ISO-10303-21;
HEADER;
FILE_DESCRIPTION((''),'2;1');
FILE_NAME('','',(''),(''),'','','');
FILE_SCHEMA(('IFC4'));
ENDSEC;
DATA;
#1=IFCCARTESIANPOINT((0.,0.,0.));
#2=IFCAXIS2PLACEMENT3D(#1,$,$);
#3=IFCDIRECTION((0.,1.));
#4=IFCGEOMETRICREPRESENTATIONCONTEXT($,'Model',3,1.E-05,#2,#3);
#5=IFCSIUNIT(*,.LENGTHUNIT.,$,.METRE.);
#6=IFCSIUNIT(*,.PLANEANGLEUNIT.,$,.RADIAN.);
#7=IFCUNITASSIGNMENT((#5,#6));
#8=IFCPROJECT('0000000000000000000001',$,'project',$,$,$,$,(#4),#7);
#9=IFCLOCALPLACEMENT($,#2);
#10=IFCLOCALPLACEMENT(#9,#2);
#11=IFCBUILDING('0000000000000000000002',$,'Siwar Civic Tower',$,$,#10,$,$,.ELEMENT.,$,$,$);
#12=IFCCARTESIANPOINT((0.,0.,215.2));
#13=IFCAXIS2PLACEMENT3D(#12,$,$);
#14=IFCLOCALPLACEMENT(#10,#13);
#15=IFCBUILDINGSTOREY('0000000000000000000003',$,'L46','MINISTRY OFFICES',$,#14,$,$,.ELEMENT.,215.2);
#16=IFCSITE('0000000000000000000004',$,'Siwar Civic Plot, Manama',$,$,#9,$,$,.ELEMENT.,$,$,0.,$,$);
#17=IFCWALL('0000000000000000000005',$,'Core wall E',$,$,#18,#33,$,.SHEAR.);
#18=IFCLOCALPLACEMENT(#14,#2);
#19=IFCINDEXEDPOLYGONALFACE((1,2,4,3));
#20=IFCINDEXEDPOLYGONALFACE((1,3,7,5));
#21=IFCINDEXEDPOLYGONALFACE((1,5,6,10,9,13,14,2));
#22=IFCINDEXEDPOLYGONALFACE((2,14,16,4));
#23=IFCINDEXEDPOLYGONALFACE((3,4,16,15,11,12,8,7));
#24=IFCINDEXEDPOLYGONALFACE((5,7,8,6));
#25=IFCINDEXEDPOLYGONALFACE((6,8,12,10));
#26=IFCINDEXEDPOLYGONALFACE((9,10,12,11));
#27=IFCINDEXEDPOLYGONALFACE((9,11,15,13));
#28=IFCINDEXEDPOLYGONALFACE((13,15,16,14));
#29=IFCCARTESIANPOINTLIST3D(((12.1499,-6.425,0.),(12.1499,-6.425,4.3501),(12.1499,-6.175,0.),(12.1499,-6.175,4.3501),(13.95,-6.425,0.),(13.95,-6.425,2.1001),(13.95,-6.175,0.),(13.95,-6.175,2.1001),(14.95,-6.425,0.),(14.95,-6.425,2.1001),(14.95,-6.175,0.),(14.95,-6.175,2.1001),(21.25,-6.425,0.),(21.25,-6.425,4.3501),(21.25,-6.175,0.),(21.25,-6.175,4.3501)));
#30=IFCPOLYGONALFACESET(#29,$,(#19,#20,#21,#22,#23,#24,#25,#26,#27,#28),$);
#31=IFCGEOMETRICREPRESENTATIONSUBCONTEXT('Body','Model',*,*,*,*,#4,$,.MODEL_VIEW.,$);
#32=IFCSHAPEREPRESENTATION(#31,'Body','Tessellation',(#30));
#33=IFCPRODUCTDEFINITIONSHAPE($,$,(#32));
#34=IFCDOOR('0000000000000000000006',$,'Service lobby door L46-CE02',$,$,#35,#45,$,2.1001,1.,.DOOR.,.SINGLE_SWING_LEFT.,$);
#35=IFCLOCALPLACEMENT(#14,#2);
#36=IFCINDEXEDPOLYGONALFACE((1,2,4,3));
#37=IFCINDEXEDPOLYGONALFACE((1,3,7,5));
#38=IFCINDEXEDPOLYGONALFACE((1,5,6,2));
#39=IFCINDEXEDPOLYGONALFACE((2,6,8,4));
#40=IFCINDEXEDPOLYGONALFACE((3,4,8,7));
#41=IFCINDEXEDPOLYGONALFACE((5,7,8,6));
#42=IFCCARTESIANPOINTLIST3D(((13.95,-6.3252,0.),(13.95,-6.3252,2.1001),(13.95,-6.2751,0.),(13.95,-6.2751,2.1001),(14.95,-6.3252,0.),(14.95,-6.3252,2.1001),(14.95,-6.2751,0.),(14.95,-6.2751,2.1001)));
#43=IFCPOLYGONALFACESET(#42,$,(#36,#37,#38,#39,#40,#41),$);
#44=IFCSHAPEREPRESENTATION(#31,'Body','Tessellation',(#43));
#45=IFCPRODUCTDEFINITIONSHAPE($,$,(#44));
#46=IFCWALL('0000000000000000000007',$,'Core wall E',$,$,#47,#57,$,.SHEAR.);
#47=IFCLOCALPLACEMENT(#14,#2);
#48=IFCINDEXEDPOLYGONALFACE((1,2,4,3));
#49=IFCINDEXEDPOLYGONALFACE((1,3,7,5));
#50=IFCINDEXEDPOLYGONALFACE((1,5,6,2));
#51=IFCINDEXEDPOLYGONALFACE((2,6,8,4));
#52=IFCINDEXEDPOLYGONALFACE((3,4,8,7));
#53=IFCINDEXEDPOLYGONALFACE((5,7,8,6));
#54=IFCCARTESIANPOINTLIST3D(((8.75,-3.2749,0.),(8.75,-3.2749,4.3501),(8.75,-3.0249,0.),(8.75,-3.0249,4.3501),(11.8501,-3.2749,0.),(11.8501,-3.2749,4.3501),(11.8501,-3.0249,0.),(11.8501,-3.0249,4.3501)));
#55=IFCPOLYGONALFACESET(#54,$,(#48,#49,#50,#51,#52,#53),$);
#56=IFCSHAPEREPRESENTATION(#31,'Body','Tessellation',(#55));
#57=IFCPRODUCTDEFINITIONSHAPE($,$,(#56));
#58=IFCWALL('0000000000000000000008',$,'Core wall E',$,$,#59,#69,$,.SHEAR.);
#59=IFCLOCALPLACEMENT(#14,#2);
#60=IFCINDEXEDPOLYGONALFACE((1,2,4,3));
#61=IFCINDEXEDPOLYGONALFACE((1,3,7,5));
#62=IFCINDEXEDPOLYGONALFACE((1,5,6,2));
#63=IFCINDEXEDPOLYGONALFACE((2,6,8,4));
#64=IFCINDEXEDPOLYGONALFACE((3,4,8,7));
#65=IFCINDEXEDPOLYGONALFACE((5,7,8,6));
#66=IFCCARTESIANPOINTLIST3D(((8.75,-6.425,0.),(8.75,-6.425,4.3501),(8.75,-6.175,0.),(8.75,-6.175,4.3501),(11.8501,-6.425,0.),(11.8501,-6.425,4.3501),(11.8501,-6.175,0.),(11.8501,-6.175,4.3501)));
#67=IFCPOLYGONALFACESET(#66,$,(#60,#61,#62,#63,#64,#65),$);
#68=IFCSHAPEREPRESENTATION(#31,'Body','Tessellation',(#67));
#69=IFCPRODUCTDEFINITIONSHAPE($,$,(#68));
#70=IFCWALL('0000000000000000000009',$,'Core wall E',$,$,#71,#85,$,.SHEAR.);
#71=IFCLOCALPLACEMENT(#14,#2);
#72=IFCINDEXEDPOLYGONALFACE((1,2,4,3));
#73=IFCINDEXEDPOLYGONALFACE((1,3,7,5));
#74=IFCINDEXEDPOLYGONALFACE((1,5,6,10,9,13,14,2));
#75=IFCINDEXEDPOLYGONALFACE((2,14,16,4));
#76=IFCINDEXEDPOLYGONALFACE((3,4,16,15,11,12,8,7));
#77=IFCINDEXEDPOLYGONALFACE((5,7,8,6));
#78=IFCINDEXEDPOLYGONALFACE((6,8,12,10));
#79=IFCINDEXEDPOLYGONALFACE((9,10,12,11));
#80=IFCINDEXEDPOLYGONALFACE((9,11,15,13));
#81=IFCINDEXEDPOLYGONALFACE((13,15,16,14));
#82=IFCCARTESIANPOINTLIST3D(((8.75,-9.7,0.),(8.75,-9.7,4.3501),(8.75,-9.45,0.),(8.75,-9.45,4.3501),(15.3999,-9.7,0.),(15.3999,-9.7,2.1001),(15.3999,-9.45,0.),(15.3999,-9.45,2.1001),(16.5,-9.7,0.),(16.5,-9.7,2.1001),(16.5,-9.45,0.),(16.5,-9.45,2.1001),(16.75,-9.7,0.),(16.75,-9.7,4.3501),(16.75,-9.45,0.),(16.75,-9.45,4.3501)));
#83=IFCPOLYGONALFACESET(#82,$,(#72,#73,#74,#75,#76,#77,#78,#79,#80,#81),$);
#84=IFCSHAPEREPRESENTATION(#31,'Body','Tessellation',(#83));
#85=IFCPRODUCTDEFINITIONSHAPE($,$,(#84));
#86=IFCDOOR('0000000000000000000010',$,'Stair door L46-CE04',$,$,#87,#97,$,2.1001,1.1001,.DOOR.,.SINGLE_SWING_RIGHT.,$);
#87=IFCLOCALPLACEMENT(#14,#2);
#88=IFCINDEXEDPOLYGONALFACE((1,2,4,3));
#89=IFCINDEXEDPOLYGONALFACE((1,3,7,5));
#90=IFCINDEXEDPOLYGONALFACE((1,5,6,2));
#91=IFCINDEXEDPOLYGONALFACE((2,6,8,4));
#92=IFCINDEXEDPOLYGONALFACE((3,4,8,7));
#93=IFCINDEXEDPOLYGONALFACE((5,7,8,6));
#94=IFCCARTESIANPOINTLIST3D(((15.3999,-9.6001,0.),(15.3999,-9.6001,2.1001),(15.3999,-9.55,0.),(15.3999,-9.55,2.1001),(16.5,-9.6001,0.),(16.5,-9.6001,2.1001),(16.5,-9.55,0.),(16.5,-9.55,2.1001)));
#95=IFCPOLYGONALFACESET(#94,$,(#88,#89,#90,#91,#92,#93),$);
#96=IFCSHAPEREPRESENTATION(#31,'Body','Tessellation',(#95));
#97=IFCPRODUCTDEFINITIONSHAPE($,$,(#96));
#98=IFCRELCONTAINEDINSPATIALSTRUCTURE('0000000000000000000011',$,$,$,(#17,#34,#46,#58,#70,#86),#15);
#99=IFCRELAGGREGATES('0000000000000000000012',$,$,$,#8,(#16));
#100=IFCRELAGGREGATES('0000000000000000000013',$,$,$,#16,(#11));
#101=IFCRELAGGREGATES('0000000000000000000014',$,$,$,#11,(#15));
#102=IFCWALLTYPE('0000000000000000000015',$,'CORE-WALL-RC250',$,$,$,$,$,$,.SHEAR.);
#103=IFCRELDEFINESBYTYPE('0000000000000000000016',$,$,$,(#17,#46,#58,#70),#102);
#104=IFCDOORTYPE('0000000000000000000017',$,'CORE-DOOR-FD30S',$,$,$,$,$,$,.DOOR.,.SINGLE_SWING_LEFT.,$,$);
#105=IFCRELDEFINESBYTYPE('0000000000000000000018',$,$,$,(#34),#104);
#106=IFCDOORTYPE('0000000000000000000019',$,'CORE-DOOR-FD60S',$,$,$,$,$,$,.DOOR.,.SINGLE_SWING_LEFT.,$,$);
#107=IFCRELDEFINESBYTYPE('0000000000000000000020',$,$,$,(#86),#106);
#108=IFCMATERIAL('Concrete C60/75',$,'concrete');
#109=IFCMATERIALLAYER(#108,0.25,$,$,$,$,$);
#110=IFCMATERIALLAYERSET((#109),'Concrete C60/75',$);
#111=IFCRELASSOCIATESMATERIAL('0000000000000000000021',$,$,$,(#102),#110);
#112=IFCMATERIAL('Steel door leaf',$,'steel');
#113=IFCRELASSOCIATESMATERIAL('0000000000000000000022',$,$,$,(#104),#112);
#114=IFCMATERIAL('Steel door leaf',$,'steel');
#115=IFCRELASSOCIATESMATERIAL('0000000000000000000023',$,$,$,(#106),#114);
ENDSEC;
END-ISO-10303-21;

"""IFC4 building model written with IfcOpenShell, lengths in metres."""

from ifc_helpers import new_model, si_unit, direction, frame, frame_2d, origin, place, context, subcontext, project, spatial, rectangle, extrude, material, layer, layer_set, type_object, element, fill, save


model = new_model("IFC4")

# Units and contexts
model_context = context("Model", 3, precision=1e-05, world=origin(), true_north=direction((0.0, 1.0)))
body_context = subcontext(model_context, "Body", "Model", "MODEL_VIEW")
ifc_project = project(units=[si_unit("LENGTHUNIT", "METRE"), si_unit("PLANEANGLEUNIT", "RADIAN")], contexts=[model_context])

# Site, building, storey
site_placement = place(None, origin())
site = spatial("IfcSite", under=ifc_project, at=site_placement, Name="Siwar Civic Plot, Manama", CompositionType="ELEMENT", RefElevation=0.0)
building_placement = place(site_placement, origin())
building = spatial("IfcBuilding", under=site, at=building_placement, Name="Siwar Civic Tower", CompositionType="ELEMENT")
storey_placement = place(building_placement, frame((0.0, 0.0, 215.2)))
storey = spatial("IfcBuildingStorey", under=building, at=storey_placement, Name="L46", Description="MINISTRY OFFICES", CompositionType="ELEMENT", Elevation=215.2)

# Wall, opening, door
ifc_material_1 = material(Name="Concrete C60/75", Category="concrete")
ifc_layer_1 = layer(ifc_material_1, 0.25)
ifc_layer_set_1 = layer_set([ifc_layer_1], Name="Concrete C60/75")
wall_type_1 = type_object("IfcWallType", Name="CORE-WALL-RC250", PredefinedType="SHEAR", material=ifc_layer_set_1)
wall_1_placement = place(storey_placement, frame((12.1499, -6.3, 0.0), z_axis=(0.0, 0.0, 1.0), x_axis=(1.0, 0.0, 0.0)))
wall_1 = element("IfcWall", 1, at=wall_1_placement, inside=storey, type_object=wall_type_1, Name="Core wall E", PredefinedType="SHEAR", context=body_context, shape_type="SweptSolid", body=[
    extrude(rectangle(XDim=9.1001, YDim=0.25, at=frame_2d((4.55, 0.0))), origin(), (0.0, 0.0, 1.0), 4.3501),
])
opening_1_placement = place(wall_1_placement, frame((1.8, 0.0, 0.0)))
opening_1 = element("IfcOpeningElement", 2, at=opening_1_placement, cuts=wall_1, PredefinedType="OPENING", context=body_context, shape_type="SweptSolid", body=[
    extrude(rectangle(XDim=1.0, YDim=2.1001, at=frame_2d((0.5, 1.05))), frame((0.0, 0.135, 0.0), z_axis=(0.0, -1.0, 0.0), x_axis=(1.0, 0.0, 0.0)), (0.0, 0.0, 1.0), 0.27),
])
ifc_material_2 = material(Name="Steel door leaf", Category="steel")
door_type_1 = type_object("IfcDoorType", Name="CORE-DOOR-FD30S", OperationType="SINGLE_SWING_LEFT", PredefinedType="DOOR", material=ifc_material_2)
door_1_placement = place(opening_1_placement, origin())
door_1 = element("IfcDoor", 3, at=door_1_placement, inside=storey, type_object=door_type_1, Name="Service lobby door L46-CE02", OperationType="SINGLE_SWING_LEFT", OverallHeight=2.1001, OverallWidth=1.0, PredefinedType="DOOR", context=body_context, shape_type="SweptSolid", body=[
    extrude(rectangle(XDim=1.0, YDim=2.1001, at=frame_2d((0.5, 1.05))), frame((0.0, 0.0249, 0.0), z_axis=(0.0, -1.0, 0.0), x_axis=(1.0, 0.0, 0.0)), (0.0, 0.0, 1.0), 0.05),
])
fill(opening_1, door_1)

# Walls
for number, where, z_axis, x_axis, name in (
    (4, (8.75, -3.1499, 0.0), (0.0, 0.0, 1.0), (1.0, 0.0, 0.0), "Core wall E"),
    (5, (8.75, -6.3, 0.0), (0.0, 0.0, 1.0), (1.0, 0.0, 0.0), "Core wall E"),
):
    element("IfcWall", number, at=place(storey_placement, frame(where, z_axis=z_axis, x_axis=x_axis)), inside=storey, type_object=wall_type_1, Name=name, PredefinedType="SHEAR", context=body_context, shape_type="SweptSolid", body=[
        extrude(rectangle(XDim=3.1001, YDim=0.25, at=frame_2d((1.55, 0.0))), origin(), (0.0, 0.0, 1.0), 4.3501),
    ])

# Wall, opening, door
wall_2_placement = place(storey_placement, frame((8.75, -9.575, 0.0), z_axis=(0.0, 0.0, 1.0), x_axis=(1.0, 0.0, 0.0)))
wall_2 = element("IfcWall", 6, at=wall_2_placement, inside=storey, type_object=wall_type_1, Name="Core wall E", PredefinedType="SHEAR", context=body_context, shape_type="SweptSolid", body=[
    extrude(rectangle(XDim=8.0, YDim=0.25, at=frame_2d((4.0, 0.0))), origin(), (0.0, 0.0, 1.0), 4.3501),
])
opening_2_placement = place(wall_2_placement, frame((6.6499, 0.0, 0.0)))
opening_2 = element("IfcOpeningElement", 7, at=opening_2_placement, cuts=wall_2, PredefinedType="OPENING", context=body_context, shape_type="SweptSolid", body=[
    extrude(rectangle(XDim=1.1001, YDim=2.1001, at=frame_2d((0.55, 1.05))), frame((0.0, 0.135, 0.0), z_axis=(0.0, -1.0, 0.0), x_axis=(1.0, 0.0, 0.0)), (0.0, 0.0, 1.0), 0.27),
])
ifc_material_3 = material(Name="Steel door leaf", Category="steel")
door_type_2 = type_object("IfcDoorType", Name="CORE-DOOR-FD60S", OperationType="SINGLE_SWING_LEFT", PredefinedType="DOOR", material=ifc_material_3)
door_2_placement = place(opening_2_placement, origin())
door_2 = element("IfcDoor", 8, at=door_2_placement, inside=storey, type_object=door_type_2, Name="Stair door L46-CE04", OperationType="SINGLE_SWING_RIGHT", OverallHeight=2.1001, OverallWidth=1.1001, PredefinedType="DOOR", context=body_context, shape_type="SweptSolid", body=[
    extrude(rectangle(XDim=1.1001, YDim=2.1001, at=frame_2d((0.55, 1.05))), frame((0.0, 0.0249, 0.0), z_axis=(0.0, -1.0, 0.0), x_axis=(1.0, 0.0, 0.0)), (0.0, 0.0, 1.0), 0.05),
])
fill(opening_2, door_2)

save(model, "model.ifc")
